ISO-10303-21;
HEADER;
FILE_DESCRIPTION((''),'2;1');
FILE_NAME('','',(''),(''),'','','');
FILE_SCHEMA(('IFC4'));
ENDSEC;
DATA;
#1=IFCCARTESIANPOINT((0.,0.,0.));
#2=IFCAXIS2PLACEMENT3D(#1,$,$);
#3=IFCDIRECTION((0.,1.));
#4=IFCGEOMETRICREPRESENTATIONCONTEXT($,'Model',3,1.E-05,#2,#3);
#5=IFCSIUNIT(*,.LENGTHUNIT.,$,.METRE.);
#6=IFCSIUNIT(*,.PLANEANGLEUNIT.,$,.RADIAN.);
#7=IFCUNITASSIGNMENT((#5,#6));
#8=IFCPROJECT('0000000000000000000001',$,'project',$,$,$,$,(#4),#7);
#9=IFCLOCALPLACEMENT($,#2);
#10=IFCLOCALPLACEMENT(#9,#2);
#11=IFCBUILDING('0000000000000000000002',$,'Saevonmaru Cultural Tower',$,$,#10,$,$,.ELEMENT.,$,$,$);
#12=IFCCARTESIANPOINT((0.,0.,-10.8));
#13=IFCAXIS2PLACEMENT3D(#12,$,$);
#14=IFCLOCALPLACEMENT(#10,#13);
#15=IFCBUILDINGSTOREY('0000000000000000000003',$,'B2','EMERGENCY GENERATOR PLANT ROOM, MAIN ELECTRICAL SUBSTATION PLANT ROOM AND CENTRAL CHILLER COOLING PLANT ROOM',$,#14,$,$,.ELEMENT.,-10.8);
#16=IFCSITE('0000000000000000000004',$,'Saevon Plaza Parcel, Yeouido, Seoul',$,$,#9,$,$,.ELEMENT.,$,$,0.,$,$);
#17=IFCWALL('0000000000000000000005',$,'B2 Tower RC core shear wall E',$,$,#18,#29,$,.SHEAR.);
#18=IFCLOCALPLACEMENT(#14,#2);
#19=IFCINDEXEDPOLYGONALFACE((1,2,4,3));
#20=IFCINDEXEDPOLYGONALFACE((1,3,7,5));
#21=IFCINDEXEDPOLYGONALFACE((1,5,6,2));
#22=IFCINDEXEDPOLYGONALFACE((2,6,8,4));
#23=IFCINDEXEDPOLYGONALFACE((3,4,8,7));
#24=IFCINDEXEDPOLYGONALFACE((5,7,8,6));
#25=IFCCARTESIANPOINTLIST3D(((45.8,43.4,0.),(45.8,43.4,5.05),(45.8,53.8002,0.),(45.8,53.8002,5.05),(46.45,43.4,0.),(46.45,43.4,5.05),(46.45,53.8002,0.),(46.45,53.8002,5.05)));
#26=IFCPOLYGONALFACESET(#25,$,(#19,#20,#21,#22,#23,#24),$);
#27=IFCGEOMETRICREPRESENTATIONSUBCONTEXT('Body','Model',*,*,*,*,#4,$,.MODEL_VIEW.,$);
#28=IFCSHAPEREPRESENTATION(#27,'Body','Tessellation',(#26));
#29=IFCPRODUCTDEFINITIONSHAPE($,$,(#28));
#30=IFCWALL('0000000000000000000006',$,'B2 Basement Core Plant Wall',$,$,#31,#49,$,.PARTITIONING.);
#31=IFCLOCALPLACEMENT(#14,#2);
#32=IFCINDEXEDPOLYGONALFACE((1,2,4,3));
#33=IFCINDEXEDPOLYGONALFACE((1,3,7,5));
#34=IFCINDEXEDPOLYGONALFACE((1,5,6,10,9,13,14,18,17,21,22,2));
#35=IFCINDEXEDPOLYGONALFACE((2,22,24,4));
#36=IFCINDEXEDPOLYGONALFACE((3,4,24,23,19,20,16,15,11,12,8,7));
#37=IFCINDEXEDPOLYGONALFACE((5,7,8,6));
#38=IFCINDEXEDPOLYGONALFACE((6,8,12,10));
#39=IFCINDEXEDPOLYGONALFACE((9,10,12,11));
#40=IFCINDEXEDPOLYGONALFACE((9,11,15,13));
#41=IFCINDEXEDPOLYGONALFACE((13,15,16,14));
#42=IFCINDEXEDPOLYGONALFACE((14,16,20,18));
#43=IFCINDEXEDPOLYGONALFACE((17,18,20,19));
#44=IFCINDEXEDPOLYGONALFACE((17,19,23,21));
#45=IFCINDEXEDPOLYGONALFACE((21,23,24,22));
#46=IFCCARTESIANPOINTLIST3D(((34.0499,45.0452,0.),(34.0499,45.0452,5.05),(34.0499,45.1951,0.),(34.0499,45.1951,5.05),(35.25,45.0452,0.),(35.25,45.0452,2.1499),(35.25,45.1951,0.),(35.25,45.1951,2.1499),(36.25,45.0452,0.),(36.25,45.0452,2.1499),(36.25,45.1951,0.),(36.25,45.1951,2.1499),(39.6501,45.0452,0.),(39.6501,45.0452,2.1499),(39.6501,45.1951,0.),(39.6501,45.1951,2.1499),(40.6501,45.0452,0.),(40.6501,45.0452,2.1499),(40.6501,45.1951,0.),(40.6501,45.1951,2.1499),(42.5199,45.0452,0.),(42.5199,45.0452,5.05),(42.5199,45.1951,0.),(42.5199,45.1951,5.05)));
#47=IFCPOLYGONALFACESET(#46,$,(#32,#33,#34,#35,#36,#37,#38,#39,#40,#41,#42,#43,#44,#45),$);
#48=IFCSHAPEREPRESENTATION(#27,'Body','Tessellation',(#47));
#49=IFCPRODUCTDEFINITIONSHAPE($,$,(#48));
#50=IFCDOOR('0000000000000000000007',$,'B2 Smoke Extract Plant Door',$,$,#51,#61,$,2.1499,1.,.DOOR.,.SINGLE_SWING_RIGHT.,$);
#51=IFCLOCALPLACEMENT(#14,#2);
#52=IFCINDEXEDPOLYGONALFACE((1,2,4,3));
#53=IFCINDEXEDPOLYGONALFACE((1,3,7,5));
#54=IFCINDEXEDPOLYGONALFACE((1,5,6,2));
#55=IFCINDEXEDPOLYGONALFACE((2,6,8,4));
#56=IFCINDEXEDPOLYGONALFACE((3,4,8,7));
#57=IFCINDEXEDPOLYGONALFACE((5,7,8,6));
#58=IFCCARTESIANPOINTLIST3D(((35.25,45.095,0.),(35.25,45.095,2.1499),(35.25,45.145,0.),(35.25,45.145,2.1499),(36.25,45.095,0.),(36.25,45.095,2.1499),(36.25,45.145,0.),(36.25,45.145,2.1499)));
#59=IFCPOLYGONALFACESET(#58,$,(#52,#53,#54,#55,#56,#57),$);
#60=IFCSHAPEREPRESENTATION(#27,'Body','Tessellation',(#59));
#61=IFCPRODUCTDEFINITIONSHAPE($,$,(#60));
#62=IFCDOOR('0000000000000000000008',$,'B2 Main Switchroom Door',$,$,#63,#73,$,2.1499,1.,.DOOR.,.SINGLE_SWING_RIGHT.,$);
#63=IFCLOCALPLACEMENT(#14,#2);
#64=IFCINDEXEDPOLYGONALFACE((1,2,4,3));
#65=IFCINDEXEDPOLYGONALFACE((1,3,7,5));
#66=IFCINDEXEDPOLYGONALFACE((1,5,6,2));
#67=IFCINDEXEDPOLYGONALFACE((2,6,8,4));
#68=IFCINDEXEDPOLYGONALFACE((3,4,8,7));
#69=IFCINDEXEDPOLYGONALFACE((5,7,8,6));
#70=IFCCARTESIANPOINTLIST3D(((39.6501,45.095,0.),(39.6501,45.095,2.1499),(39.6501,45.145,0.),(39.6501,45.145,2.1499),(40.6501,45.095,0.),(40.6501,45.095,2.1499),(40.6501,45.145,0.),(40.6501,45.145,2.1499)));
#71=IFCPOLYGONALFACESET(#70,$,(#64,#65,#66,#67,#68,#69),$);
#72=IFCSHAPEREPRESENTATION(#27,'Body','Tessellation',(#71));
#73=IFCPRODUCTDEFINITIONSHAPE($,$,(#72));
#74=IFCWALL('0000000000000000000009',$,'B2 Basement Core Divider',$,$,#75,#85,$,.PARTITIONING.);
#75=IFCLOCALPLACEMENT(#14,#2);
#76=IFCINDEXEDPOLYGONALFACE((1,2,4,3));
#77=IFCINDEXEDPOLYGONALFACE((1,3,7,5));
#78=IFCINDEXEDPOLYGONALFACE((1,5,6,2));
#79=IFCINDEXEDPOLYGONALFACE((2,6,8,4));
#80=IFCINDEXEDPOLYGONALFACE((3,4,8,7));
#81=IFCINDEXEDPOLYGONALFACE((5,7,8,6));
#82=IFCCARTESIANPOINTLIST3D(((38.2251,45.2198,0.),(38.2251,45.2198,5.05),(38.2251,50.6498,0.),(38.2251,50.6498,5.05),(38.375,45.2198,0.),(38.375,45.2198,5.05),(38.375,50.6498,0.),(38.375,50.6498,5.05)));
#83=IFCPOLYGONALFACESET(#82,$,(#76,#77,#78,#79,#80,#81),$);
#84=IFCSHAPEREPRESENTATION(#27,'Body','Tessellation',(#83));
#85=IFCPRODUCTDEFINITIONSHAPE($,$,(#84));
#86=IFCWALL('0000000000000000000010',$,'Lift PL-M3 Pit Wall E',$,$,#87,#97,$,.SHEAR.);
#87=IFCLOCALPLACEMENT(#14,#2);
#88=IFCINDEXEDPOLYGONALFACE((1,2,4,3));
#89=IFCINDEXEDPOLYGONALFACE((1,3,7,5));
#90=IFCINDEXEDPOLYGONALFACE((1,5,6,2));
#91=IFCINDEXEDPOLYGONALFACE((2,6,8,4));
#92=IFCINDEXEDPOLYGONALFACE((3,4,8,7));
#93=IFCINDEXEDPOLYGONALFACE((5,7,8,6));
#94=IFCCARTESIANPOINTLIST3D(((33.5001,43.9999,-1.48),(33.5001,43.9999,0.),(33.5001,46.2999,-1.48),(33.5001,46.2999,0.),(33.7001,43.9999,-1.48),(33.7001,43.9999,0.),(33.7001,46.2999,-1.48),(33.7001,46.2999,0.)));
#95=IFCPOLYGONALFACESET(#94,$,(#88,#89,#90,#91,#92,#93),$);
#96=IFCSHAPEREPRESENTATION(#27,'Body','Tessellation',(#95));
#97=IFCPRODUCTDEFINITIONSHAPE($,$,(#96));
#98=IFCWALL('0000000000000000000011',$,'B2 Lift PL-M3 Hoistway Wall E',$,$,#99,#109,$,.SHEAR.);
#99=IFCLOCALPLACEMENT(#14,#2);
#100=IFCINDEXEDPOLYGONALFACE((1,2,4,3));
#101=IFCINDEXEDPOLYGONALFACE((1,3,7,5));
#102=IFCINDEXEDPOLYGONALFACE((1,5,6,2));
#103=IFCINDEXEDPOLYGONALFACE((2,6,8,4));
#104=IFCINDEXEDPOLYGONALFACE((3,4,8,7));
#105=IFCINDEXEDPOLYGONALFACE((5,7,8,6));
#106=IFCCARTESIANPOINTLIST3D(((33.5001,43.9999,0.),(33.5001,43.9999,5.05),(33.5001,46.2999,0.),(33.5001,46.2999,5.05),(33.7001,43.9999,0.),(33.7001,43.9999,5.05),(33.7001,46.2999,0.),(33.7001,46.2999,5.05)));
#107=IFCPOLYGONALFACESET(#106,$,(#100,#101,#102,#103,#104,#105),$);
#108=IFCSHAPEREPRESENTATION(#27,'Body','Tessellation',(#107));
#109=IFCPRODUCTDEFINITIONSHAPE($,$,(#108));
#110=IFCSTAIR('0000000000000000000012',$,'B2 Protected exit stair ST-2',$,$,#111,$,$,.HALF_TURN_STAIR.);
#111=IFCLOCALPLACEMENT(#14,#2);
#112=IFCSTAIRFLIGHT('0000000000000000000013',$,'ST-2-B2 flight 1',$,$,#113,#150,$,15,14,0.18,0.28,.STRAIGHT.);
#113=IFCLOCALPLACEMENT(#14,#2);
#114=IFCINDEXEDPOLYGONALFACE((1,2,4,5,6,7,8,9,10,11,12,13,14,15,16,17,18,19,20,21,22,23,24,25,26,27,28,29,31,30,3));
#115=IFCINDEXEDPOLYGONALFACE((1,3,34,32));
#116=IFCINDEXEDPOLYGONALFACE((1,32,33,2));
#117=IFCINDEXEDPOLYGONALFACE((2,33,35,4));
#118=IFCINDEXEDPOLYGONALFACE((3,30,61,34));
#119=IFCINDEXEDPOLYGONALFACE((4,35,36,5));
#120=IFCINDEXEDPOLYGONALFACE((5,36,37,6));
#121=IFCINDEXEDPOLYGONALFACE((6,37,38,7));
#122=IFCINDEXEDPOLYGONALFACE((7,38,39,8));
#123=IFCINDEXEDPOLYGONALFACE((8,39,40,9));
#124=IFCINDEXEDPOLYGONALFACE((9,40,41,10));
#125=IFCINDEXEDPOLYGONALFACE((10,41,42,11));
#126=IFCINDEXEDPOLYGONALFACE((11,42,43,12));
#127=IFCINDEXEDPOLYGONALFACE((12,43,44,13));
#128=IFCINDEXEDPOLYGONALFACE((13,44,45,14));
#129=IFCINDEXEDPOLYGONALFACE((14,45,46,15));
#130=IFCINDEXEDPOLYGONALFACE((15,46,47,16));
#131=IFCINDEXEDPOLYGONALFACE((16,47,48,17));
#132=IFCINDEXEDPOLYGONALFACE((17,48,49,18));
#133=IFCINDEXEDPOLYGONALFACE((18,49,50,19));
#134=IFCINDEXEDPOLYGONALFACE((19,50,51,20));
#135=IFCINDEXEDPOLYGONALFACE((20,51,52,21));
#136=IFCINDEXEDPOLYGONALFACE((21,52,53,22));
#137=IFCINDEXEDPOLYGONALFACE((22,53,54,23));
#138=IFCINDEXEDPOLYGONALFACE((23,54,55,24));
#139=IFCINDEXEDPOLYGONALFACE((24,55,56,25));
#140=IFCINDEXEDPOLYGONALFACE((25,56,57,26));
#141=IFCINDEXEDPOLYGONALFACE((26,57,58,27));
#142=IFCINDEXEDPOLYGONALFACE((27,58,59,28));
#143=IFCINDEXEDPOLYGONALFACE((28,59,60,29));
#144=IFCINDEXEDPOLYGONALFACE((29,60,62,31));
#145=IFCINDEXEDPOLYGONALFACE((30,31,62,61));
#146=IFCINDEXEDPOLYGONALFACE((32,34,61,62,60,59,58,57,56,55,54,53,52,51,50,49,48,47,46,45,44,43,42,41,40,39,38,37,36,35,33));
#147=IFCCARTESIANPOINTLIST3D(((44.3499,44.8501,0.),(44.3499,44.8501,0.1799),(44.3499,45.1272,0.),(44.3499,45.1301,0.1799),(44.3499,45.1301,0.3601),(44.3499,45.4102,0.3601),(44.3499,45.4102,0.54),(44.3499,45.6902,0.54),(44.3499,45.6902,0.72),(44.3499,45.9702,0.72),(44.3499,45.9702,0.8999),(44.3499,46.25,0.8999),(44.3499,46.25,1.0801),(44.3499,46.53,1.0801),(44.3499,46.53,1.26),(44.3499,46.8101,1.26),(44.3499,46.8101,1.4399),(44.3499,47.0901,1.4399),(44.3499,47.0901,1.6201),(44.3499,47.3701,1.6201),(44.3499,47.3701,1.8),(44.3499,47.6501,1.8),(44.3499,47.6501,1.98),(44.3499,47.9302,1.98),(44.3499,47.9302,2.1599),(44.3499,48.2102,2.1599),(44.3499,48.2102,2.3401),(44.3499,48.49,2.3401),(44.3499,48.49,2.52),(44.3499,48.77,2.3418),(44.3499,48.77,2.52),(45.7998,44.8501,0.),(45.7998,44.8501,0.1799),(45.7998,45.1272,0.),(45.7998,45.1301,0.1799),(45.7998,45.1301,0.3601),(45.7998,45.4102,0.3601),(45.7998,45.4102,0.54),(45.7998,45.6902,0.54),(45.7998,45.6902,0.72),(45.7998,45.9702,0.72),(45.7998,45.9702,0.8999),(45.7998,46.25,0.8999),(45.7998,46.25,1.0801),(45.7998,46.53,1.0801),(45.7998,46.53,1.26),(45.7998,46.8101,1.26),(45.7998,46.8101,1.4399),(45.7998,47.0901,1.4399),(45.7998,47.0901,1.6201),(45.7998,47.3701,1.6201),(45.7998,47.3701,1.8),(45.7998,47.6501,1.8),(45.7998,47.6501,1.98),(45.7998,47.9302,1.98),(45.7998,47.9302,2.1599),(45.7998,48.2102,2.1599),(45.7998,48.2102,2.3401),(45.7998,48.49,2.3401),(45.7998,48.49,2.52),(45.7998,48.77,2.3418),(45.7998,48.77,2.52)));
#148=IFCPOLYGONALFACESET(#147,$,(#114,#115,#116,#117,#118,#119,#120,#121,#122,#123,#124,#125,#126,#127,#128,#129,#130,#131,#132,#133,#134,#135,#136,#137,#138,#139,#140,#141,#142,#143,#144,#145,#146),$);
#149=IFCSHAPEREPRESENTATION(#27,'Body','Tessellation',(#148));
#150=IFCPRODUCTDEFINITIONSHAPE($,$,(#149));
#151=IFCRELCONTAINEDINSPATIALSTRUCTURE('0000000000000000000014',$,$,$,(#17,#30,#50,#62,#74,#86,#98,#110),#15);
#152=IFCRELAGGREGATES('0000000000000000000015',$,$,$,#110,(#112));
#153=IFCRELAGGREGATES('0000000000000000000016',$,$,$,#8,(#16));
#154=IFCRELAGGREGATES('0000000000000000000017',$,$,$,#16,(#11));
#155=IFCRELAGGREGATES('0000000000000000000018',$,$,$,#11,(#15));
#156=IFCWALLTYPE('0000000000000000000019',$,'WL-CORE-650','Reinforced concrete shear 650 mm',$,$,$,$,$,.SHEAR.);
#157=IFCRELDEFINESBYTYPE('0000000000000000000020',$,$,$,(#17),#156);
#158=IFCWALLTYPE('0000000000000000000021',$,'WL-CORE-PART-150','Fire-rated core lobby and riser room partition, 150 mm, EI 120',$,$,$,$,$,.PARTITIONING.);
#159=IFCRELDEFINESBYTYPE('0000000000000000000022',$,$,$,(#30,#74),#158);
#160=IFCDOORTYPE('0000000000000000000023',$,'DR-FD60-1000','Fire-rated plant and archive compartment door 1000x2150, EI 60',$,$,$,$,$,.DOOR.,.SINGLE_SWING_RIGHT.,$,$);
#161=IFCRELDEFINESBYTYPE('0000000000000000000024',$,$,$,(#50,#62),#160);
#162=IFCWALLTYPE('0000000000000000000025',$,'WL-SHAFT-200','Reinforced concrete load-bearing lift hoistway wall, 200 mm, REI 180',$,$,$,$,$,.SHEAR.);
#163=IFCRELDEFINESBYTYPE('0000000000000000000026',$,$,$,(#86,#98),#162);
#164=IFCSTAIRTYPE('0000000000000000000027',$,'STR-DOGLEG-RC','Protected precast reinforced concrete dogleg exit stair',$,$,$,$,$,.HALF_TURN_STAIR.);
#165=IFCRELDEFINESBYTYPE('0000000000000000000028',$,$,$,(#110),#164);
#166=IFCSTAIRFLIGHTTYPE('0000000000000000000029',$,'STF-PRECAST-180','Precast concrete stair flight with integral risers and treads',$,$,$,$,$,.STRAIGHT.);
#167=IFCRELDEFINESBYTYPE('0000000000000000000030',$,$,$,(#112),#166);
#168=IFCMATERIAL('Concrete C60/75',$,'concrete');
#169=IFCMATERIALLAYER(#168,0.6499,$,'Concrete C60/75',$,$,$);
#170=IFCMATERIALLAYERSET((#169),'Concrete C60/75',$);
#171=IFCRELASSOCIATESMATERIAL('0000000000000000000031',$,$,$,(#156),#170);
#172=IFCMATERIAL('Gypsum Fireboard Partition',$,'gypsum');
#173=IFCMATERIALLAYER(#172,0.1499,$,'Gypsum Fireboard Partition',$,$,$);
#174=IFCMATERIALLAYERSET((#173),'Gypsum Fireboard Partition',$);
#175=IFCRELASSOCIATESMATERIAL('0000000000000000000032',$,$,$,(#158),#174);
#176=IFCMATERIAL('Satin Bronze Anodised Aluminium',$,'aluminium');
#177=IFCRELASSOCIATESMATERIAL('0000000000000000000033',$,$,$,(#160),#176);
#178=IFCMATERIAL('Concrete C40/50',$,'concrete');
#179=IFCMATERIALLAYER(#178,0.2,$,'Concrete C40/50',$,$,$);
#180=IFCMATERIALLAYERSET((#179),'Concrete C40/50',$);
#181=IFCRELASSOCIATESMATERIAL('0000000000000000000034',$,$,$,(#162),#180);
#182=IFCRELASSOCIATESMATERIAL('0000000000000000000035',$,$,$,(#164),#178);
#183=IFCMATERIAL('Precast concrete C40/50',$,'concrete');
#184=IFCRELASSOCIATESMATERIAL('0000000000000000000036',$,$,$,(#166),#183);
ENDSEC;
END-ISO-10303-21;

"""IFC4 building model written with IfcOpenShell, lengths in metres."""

from ifc_helpers import new_model, si_unit, direction, frame, frame_2d, origin, place, context, subcontext, project, spatial, polyline, rectangle, outline, extrude, material, layer, layer_set, type_object, element, fill, aggregate, save


model = new_model("IFC4")

# Units and contexts
model_context = context("Model", 3, precision=1e-05, world=origin(), true_north=direction((0.0, 1.0)))
body_context = subcontext(model_context, "Body", "Model", "MODEL_VIEW")
ifc_project = project(units=[si_unit("LENGTHUNIT", "METRE"), si_unit("PLANEANGLEUNIT", "RADIAN")], contexts=[model_context])

# Site, building, storey
site_placement = place(None, origin())
site = spatial("IfcSite", under=ifc_project, at=site_placement, Name="Saevon Plaza Parcel, Yeouido, Seoul", CompositionType="ELEMENT", RefElevation=0.0)
building_placement = place(site_placement, origin())
building = spatial("IfcBuilding", under=site, at=building_placement, Name="Saevonmaru Cultural Tower", CompositionType="ELEMENT")
storey_placement = place(building_placement, frame((0.0, 0.0, -10.8)))
storey = spatial("IfcBuildingStorey", under=building, at=storey_placement, Name="B2", Description="EMERGENCY GENERATOR PLANT ROOM, MAIN ELECTRICAL SUBSTATION PLANT ROOM AND CENTRAL CHILLER COOLING PLANT ROOM", CompositionType="ELEMENT", Elevation=-10.8)

# Shared definitions
ifc_material_1 = material(Name="Concrete C60/75", Category="concrete")

# Shared definitions
ifc_material_2 = material(Name="Concrete C40/50", Category="concrete")

# Wall
ifc_layer_1 = layer(ifc_material_1, 0.6499, Name="Concrete C60/75")
ifc_layer_set_1 = layer_set([ifc_layer_1], Name="Concrete C60/75")
wall_type_1 = type_object("IfcWallType", Name="WL-CORE-650", Description="Reinforced concrete shear 650 mm", PredefinedType="SHEAR", material=ifc_layer_set_1)
wall_1_placement = place(storey_placement, frame((46.125, 43.3999, 0.0), z_axis=(0.0, 0.0, 1.0), x_axis=(0.0, 1.0, 0.0)))
element("IfcWall", 1, at=wall_1_placement, inside=storey, type_object=wall_type_1, Name="B2 Tower RC core shear wall E", PredefinedType="SHEAR", context=body_context, shape_type="SweptSolid", body=[
    extrude(rectangle(XDim=10.4001, YDim=0.6499, at=frame_2d((5.2002, 0.0))), origin(), (0.0, 0.0, 1.0), 5.05),
])

# Wall, openings, doors
ifc_material_3 = material(Name="Gypsum Fireboard Partition", Category="gypsum")
ifc_layer_2 = layer(ifc_material_3, 0.1499, Name="Gypsum Fireboard Partition")
ifc_layer_set_2 = layer_set([ifc_layer_2], Name="Gypsum Fireboard Partition")
wall_type_2 = type_object("IfcWallType", Name="WL-CORE-PART-150", Description="Fire-rated core lobby and riser room partition, 150 mm, EI 120", PredefinedType="PARTITIONING", material=ifc_layer_set_2)
wall_2_placement = place(storey_placement, frame((34.05, 45.1201, 0.0), z_axis=(0.0, 0.0, 1.0), x_axis=(1.0, 0.0, 0.0)))
wall_2 = element("IfcWall", 2, at=wall_2_placement, inside=storey, type_object=wall_type_2, Name="B2 Basement Core Plant Wall", PredefinedType="PARTITIONING", context=body_context, shape_type="SweptSolid", body=[
    extrude(rectangle(XDim=8.47, YDim=0.1499, at=frame_2d((4.2349, 0.0))), origin(), (0.0, 0.0, 1.0), 5.05),
])
opening_1_placement = place(wall_2_placement, frame((1.2, 0.0, 0.0)))
opening_1 = element("IfcOpeningElement", 3, at=opening_1_placement, cuts=wall_2, PredefinedType="OPENING", context=body_context, shape_type="SweptSolid", body=[
    extrude(rectangle(XDim=1.0, YDim=2.1499, at=frame_2d((0.5, 1.075))), frame((0.0, 0.085, 0.0), z_axis=(0.0, -1.0, 0.0), x_axis=(1.0, 0.0, 0.0)), (0.0, 0.0, 1.0), 0.1699),
])
opening_2_placement = place(wall_2_placement, frame((5.6001, 0.0, 0.0)))
opening_2 = element("IfcOpeningElement", 4, at=opening_2_placement, cuts=wall_2, PredefinedType="OPENING", context=body_context, shape_type="SweptSolid", body=[
    extrude(rectangle(XDim=1.0, YDim=2.1499, at=frame_2d((0.5, 1.075))), frame((0.0, 0.085, 0.0), z_axis=(0.0, -1.0, 0.0), x_axis=(1.0, 0.0, 0.0)), (0.0, 0.0, 1.0), 0.1699),
])
ifc_material_4 = material(Name="Satin Bronze Anodised Aluminium", Category="aluminium")
door_type = type_object("IfcDoorType", Name="DR-FD60-1000", Description="Fire-rated plant and archive compartment door 1000x2150, EI 60", OperationType="SINGLE_SWING_RIGHT", PredefinedType="DOOR", material=ifc_material_4)
door_1_placement = place(opening_1_placement, origin())
door_1 = element("IfcDoor", 5, at=door_1_placement, inside=storey, type_object=door_type, Name="B2 Smoke Extract Plant Door", OperationType="SINGLE_SWING_RIGHT", OverallHeight=2.1499, OverallWidth=1.0, PredefinedType="DOOR", context=body_context, shape_type="SweptSolid", body=[
    extrude(rectangle(XDim=1.0, YDim=2.1499, at=frame_2d((0.5, 1.075))), frame((0.0, 0.0249, 0.0), z_axis=(0.0, -1.0, 0.0), x_axis=(1.0, 0.0, 0.0)), (0.0, 0.0, 1.0), 0.05),
])
fill(opening_1, door_1)
door_2_placement = place(opening_2_placement, origin())
door_2 = element("IfcDoor", 6, at=door_2_placement, inside=storey, type_object=door_type, Name="B2 Main Switchroom Door", OperationType="SINGLE_SWING_RIGHT", OverallHeight=2.1499, OverallWidth=1.0, PredefinedType="DOOR", context=body_context, shape_type="SweptSolid", body=[
    extrude(rectangle(XDim=1.0, YDim=2.1499, at=frame_2d((0.5, 1.075))), frame((0.0, 0.0249, 0.0), z_axis=(0.0, -1.0, 0.0), x_axis=(1.0, 0.0, 0.0)), (0.0, 0.0, 1.0), 0.05),
])
fill(opening_2, door_2)

# Walls
wall_3_placement = place(storey_placement, frame((38.3, 45.22, 0.0), z_axis=(0.0, 0.0, 1.0), x_axis=(0.0, 1.0, 0.0)))
element("IfcWall", 7, at=wall_3_placement, inside=storey, type_object=wall_type_2, Name="B2 Basement Core Divider", PredefinedType="PARTITIONING", context=body_context, shape_type="SweptSolid", body=[
    extrude(rectangle(XDim=5.4299, YDim=0.1499, at=frame_2d((2.7148, 0.0))), origin(), (0.0, 0.0, 1.0), 5.05),
])
ifc_layer_3 = layer(ifc_material_2, 0.2, Name="Concrete C40/50")
ifc_layer_set_3 = layer_set([ifc_layer_3], Name="Concrete C40/50")
wall_type_3 = type_object("IfcWallType", Name="WL-SHAFT-200", Description="Reinforced concrete load-bearing lift hoistway wall, 200 mm, REI 180", PredefinedType="SHEAR", material=ifc_layer_set_3)
wall_4_placement = place(storey_placement, frame((33.6001, 44.0, -1.48), z_axis=(0.0, 0.0, 1.0), x_axis=(0.0, 1.0, 0.0)))
element("IfcWall", 8, at=wall_4_placement, inside=storey, type_object=wall_type_3, Name="Lift PL-M3 Pit Wall E", PredefinedType="SHEAR", context=body_context, shape_type="SweptSolid", body=[
    extrude(rectangle(XDim=2.3, YDim=0.2, at=frame_2d((1.1499, 0.0))), origin(), (0.0, 0.0, 1.0), 1.48),
])
wall_5_placement = place(storey_placement, frame((33.6001, 44.0, 0.0), z_axis=(0.0, 0.0, 1.0), x_axis=(0.0, 1.0, 0.0)))
element("IfcWall", 9, at=wall_5_placement, inside=storey, type_object=wall_type_3, Name="B2 Lift PL-M3 Hoistway Wall E", PredefinedType="SHEAR", context=body_context, shape_type="SweptSolid", body=[
    extrude(rectangle(XDim=2.3, YDim=0.2, at=frame_2d((1.1499, 0.0))), origin(), (0.0, 0.0, 1.0), 5.05),
])

# Stair, stair flight
stair_type = type_object("IfcStairType", Name="STR-DOGLEG-RC", Description="Protected precast reinforced concrete dogleg exit stair", PredefinedType="HALF_TURN_STAIR", material=ifc_material_2)
stair_placement = place(storey_placement, origin())
stair = element("IfcStair", 10, at=stair_placement, inside=storey, type_object=stair_type, Name="B2 Protected exit stair ST-2", PredefinedType="HALF_TURN_STAIR")
ifc_material_5 = material(Name="Precast concrete C40/50", Category="concrete")
stair_flight_type = type_object("IfcStairFlightType", Name="STF-PRECAST-180", Description="Precast concrete stair flight with integral risers and treads", PredefinedType="STRAIGHT", material=ifc_material_5)
stair_flight_1_placement = place(storey_placement, frame((45.075, 44.8501, 0.0), z_axis=(0.0, 0.0, 1.0), x_axis=(0.0, 1.0, 0.0)))
stair_flight_1 = element("IfcStairFlight", 11, at=stair_flight_1_placement, type_object=stair_flight_type, Name="ST-2-B2 flight 1", NumberOfRisers=15, NumberOfTreads=14, PredefinedType="STRAIGHT", RiserHeight=0.18, TreadLength=0.28, context=body_context, shape_type="SweptSolid", body=[
    extrude(outline(polyline([(0.0, 0.0), (0.0, 0.1799), (0.28, 0.1799), (0.28, 0.3601), (0.5601, 0.3601), (0.5601, 0.54), (0.8401, 0.54), (0.8401, 0.72), (1.1201, 0.72), (1.1201, 0.8999), (1.3999, 0.8999), (1.3999, 1.0801), (1.6799, 1.0801), (1.6799, 1.26), (1.96, 1.26), (1.96, 1.4399), (2.24, 1.4399), (2.24, 1.6201), (2.52, 1.6201), (2.52, 1.8), (2.8, 1.8), (2.8, 1.98), (3.0801, 1.98), (3.0801, 2.1599), (3.3601, 2.1599), (3.3601, 2.3401), (3.6399, 2.3401), (3.6399, 2.52), (3.9199, 2.52), (3.9199, 2.7), (3.9199, 2.3418), (0.2771, 0.0), (0.0, 0.0)])), frame((0.0, 0.7251, 0.0), z_axis=(0.0, -1.0, 0.0), x_axis=(1.0, 0.0, 0.0)), (0.0, 0.0, 1.0), 1.45),
])
aggregate(stair, [stair_flight_1])

save(model, "model.ifc")
